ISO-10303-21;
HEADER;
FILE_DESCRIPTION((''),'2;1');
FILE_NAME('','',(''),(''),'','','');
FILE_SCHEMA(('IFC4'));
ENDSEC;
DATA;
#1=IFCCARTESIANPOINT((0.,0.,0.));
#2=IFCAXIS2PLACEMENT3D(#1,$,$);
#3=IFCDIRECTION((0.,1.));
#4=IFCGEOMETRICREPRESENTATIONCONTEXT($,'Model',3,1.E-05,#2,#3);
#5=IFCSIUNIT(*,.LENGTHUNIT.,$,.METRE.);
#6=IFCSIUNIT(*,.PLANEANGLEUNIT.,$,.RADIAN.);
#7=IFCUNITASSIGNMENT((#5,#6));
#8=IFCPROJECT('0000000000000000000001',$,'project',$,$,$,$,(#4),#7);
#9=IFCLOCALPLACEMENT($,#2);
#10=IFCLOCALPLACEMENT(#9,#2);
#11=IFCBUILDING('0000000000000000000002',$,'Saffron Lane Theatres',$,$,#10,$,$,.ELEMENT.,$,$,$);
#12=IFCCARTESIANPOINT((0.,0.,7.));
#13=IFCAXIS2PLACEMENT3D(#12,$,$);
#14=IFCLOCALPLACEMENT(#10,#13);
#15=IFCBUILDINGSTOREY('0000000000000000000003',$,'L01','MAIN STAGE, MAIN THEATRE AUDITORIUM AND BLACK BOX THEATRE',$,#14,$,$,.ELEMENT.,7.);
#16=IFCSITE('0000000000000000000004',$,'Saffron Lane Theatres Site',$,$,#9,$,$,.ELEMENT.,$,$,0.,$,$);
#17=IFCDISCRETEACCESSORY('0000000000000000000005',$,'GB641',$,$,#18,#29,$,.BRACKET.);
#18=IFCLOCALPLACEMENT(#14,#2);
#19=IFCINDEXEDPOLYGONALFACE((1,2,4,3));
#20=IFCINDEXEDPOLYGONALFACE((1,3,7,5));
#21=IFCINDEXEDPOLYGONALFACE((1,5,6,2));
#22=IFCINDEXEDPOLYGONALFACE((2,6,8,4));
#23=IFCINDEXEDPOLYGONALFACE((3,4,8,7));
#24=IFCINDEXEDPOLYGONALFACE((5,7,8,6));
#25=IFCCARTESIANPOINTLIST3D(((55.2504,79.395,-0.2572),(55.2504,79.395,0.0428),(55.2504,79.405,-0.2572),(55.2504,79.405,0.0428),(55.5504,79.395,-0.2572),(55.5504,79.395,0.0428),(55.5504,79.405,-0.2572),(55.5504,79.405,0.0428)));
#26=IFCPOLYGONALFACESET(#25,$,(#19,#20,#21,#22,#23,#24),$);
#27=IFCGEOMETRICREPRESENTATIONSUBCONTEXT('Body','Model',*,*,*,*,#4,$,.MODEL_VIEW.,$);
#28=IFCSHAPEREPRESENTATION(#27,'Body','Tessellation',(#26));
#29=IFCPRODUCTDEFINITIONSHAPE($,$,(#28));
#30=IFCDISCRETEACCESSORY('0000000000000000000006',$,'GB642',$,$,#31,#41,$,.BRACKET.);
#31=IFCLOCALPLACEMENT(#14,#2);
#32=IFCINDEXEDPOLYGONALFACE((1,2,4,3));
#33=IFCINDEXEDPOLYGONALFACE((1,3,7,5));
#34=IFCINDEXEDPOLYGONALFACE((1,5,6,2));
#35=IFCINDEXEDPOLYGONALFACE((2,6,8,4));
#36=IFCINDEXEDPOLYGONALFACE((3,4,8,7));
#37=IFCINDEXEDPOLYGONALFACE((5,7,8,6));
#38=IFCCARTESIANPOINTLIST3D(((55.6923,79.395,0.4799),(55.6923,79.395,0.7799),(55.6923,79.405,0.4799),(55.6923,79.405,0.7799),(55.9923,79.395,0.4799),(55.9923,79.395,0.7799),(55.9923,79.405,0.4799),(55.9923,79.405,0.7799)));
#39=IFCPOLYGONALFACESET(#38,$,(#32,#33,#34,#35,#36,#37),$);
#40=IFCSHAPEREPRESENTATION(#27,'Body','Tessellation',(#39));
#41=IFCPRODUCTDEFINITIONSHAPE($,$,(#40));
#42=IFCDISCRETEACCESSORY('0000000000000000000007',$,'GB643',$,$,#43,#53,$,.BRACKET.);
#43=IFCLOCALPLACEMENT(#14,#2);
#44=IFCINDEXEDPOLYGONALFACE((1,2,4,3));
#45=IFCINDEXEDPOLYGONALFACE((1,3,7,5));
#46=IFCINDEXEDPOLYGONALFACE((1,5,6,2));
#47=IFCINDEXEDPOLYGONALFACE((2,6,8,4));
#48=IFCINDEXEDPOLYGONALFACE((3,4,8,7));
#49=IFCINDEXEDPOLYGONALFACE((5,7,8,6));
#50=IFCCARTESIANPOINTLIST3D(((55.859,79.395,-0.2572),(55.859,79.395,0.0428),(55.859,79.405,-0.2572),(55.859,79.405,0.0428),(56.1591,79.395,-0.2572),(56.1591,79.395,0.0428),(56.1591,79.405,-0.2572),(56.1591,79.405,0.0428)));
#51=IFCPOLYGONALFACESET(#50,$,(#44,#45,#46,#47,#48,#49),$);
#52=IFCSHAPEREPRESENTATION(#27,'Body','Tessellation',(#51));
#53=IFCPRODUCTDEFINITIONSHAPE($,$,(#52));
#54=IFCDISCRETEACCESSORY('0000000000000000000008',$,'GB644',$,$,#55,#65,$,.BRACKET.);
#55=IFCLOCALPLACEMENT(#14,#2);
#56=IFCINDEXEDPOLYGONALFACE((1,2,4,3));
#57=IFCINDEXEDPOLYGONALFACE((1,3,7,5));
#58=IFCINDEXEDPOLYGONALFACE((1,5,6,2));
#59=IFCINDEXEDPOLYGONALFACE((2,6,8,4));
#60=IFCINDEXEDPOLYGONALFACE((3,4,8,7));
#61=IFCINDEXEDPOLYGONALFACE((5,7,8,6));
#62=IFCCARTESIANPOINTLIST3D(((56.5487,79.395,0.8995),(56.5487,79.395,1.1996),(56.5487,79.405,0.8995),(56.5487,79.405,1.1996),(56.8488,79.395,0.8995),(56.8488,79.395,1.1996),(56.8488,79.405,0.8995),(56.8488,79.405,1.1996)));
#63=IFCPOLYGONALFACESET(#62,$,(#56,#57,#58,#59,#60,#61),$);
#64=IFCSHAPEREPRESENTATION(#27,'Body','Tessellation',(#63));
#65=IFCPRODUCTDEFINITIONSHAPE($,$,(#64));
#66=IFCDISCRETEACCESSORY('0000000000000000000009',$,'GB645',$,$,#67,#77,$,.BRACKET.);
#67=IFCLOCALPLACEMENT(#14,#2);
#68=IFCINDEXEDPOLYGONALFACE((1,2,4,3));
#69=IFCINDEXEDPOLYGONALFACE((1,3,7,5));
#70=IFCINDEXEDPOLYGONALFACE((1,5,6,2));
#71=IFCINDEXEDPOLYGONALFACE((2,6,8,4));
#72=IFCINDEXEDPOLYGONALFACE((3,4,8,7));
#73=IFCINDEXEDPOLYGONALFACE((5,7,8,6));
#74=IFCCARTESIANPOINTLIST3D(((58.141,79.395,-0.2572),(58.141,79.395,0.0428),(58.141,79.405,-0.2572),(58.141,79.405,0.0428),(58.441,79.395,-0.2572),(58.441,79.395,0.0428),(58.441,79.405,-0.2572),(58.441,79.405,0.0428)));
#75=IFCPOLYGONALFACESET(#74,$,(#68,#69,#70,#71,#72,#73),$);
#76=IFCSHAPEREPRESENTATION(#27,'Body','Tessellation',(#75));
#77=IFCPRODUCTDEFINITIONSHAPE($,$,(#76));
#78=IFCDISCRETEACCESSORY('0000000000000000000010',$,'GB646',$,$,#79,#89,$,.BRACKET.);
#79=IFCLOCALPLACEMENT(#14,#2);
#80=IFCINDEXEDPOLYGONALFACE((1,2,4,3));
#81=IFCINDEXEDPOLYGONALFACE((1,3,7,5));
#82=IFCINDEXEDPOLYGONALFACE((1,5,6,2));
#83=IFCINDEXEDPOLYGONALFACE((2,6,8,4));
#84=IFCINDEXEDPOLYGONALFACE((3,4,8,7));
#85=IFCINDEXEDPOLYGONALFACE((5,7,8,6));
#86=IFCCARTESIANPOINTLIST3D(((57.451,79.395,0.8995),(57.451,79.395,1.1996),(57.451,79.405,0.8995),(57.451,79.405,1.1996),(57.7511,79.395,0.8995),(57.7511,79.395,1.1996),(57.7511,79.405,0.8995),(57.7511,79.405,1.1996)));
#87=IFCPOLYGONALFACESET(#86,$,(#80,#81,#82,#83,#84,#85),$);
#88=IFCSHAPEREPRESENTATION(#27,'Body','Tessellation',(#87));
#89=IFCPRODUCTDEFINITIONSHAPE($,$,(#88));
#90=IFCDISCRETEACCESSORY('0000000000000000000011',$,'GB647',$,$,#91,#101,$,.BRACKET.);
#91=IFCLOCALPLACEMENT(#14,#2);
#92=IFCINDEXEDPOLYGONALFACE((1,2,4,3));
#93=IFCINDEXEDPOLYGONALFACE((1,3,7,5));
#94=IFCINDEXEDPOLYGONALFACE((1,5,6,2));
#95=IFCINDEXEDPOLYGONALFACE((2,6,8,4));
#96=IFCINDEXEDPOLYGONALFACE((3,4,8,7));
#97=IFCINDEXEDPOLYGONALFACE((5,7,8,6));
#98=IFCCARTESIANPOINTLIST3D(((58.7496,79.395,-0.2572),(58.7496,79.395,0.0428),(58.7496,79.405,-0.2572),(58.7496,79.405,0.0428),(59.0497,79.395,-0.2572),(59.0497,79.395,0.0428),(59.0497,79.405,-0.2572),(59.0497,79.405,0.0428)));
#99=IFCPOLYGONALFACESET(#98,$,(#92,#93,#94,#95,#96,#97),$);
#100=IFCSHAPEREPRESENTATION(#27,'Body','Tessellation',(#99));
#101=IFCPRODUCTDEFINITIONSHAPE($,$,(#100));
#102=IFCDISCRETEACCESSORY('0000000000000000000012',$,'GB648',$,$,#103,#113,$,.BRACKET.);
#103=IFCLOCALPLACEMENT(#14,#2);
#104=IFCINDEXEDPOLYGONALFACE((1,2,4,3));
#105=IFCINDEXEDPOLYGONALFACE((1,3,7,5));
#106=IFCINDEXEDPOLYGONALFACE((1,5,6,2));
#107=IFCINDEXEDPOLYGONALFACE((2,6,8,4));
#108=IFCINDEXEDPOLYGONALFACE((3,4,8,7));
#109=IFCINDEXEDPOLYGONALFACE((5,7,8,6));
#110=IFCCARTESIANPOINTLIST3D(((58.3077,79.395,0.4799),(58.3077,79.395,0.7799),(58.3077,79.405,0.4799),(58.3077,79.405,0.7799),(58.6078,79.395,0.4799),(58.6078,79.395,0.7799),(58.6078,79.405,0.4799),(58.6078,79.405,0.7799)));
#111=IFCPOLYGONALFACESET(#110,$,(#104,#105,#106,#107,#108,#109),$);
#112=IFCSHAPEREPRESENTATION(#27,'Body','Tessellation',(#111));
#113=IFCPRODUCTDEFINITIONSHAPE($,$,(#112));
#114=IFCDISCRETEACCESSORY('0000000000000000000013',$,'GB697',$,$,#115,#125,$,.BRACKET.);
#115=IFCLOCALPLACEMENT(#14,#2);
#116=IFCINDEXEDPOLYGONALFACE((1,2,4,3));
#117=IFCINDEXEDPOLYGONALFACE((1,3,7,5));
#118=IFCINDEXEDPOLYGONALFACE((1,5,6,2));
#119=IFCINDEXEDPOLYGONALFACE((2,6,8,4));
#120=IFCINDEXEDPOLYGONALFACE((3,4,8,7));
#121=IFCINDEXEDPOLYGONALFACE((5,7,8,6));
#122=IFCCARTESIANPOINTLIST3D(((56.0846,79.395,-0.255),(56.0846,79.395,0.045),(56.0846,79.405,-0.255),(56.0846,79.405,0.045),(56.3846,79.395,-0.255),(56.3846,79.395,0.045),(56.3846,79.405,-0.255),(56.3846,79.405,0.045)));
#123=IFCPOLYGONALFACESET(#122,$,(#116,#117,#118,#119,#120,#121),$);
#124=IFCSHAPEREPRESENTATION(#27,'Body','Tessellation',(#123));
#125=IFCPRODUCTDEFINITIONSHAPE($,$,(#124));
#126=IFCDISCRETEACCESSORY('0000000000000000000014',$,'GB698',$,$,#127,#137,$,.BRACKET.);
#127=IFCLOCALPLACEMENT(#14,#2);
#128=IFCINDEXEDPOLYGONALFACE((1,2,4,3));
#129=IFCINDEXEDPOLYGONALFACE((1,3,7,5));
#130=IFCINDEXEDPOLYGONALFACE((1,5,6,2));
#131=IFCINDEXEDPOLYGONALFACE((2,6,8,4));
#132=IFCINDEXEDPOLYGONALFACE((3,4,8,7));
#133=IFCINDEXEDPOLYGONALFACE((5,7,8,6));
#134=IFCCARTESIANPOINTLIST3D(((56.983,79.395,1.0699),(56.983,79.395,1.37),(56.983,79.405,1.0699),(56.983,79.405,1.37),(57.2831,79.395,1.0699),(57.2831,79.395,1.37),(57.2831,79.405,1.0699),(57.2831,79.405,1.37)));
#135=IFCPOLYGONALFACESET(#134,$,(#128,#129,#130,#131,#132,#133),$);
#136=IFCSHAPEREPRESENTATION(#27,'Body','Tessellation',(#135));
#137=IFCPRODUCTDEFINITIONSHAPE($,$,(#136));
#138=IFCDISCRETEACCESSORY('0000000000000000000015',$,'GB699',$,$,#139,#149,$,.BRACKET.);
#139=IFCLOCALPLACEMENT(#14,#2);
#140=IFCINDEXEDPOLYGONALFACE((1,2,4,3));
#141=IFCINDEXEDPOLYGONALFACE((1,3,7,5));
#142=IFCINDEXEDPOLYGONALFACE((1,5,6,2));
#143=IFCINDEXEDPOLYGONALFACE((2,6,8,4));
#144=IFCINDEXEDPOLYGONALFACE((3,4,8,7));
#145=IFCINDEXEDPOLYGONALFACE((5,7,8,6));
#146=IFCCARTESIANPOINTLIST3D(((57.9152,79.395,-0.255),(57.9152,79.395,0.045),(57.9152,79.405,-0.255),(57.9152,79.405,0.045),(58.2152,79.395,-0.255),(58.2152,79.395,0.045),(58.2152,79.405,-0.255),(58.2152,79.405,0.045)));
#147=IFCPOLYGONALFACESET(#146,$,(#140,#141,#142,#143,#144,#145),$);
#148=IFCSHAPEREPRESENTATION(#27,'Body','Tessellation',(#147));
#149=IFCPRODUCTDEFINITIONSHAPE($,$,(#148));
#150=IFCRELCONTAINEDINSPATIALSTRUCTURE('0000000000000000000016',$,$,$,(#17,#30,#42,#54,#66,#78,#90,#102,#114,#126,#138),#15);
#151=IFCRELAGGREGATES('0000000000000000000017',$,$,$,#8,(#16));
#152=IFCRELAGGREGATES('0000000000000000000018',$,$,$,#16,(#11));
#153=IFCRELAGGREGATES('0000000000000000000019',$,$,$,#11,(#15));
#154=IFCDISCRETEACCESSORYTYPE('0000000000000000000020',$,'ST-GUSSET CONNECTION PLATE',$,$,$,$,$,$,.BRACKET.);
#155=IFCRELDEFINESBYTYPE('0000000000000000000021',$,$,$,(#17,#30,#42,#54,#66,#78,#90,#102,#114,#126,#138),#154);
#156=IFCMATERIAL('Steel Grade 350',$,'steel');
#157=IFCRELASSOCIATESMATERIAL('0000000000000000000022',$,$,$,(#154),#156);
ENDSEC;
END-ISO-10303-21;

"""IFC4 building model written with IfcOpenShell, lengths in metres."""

from ifc_helpers import new_model, si_unit, direction, frame, origin, origin_2d, place, context, subcontext, project, spatial, rectangle, extrude, material, material_profile, profile_set, type_object, element, save


model = new_model("IFC4")

# Units and contexts
model_context = context("Model", 3, precision=1e-05, world=origin(), true_north=direction((0.0, 1.0)))
body_context = subcontext(model_context, "Body", "Model", "MODEL_VIEW")
ifc_project = project(units=[si_unit("LENGTHUNIT", "METRE"), si_unit("PLANEANGLEUNIT", "RADIAN")], contexts=[model_context])

# Site, building, storey
site_placement = place(None, origin())
site = spatial("IfcSite", under=ifc_project, at=site_placement, Name="Saffron Lane Theatres Site", CompositionType="ELEMENT", RefElevation=0.0)
building_placement = place(site_placement, origin())
building = spatial("IfcBuilding", under=site, at=building_placement, Name="Saffron Lane Theatres", CompositionType="ELEMENT")
storey_placement = place(building_placement, frame((0.0, 0.0, 7.0)))
storey = spatial("IfcBuildingStorey", under=building, at=storey_placement, Name="L01", Description="MAIN STAGE, MAIN THEATRE AUDITORIUM AND BLACK BOX THEATRE", CompositionType="ELEMENT", Elevation=7.0)

# Discrete accessories
ifc_material_1 = material(Name="Steel Grade 350", Category="steel")
ifc_material_profile_1 = material_profile(ifc_material_1, rectangle(XDim=0.3, YDim=0.3, at=origin_2d()))
ifc_profile_set_1 = profile_set([ifc_material_profile_1], Name="Steel Grade 350")
discrete_accessory_type = type_object("IfcDiscreteAccessoryType", Name="ST-GUSSET CONNECTION PLATE", PredefinedType="BRACKET", material=ifc_profile_set_1)
for number, where, z_axis, x_axis, name in (
    (1, (55.4004, 79.395, -0.1072), (0.0, 1.0, 0.0), (-1.0, 0.0, 0.0), "GB641"),
    (2, (55.8423, 79.395, 0.6299), (0.0, 1.0, 0.0), (-1.0, 0.0, 0.0), "GB642"),
    (3, (56.009, 79.395, -0.1072), (0.0, 1.0, 0.0), (-1.0, 0.0, 0.0), "GB643"),
    (4, (56.6987, 79.395, 1.0496), (0.0, 1.0, 0.0), (-1.0, 0.0, 0.0), "GB644"),
    (5, (58.291, 79.395, -0.1072), (0.0, 1.0, 0.0), (-1.0, 0.0, 0.0), "GB645"),
    (6, (57.6011, 79.395, 1.0496), (0.0, 1.0, 0.0), (-1.0, 0.0, 0.0), "GB646"),
    (7, (58.8997, 79.395, -0.1072), (0.0, 1.0, 0.0), (-1.0, 0.0, 0.0), "GB647"),
    (8, (58.4578, 79.395, 0.6299), (0.0, 1.0, 0.0), (-1.0, 0.0, 0.0), "GB648"),
    (9, (56.2346, 79.395, -0.105), (0.0, 1.0, 0.0), (-1.0, 0.0, 0.0), "GB697"),
    (10, (57.1331, 79.395, 1.22), (0.0, 1.0, 0.0), (-1.0, 0.0, 0.0), "GB698"),
    (11, (58.0652, 79.395, -0.105), (0.0, 1.0, 0.0), (-1.0, 0.0, 0.0), "GB699"),
):
    element("IfcDiscreteAccessory", number, at=place(storey_placement, frame(where, z_axis=z_axis, x_axis=x_axis)), inside=storey, type_object=discrete_accessory_type, Name=name, PredefinedType="BRACKET", context=body_context, shape_type="SweptSolid", body=[
        extrude(rectangle(XDim=0.3, YDim=0.3, at=origin_2d()), origin(), (0.0, 0.0, 1.0), 0.01),
    ])

save(model, "model.ifc")
